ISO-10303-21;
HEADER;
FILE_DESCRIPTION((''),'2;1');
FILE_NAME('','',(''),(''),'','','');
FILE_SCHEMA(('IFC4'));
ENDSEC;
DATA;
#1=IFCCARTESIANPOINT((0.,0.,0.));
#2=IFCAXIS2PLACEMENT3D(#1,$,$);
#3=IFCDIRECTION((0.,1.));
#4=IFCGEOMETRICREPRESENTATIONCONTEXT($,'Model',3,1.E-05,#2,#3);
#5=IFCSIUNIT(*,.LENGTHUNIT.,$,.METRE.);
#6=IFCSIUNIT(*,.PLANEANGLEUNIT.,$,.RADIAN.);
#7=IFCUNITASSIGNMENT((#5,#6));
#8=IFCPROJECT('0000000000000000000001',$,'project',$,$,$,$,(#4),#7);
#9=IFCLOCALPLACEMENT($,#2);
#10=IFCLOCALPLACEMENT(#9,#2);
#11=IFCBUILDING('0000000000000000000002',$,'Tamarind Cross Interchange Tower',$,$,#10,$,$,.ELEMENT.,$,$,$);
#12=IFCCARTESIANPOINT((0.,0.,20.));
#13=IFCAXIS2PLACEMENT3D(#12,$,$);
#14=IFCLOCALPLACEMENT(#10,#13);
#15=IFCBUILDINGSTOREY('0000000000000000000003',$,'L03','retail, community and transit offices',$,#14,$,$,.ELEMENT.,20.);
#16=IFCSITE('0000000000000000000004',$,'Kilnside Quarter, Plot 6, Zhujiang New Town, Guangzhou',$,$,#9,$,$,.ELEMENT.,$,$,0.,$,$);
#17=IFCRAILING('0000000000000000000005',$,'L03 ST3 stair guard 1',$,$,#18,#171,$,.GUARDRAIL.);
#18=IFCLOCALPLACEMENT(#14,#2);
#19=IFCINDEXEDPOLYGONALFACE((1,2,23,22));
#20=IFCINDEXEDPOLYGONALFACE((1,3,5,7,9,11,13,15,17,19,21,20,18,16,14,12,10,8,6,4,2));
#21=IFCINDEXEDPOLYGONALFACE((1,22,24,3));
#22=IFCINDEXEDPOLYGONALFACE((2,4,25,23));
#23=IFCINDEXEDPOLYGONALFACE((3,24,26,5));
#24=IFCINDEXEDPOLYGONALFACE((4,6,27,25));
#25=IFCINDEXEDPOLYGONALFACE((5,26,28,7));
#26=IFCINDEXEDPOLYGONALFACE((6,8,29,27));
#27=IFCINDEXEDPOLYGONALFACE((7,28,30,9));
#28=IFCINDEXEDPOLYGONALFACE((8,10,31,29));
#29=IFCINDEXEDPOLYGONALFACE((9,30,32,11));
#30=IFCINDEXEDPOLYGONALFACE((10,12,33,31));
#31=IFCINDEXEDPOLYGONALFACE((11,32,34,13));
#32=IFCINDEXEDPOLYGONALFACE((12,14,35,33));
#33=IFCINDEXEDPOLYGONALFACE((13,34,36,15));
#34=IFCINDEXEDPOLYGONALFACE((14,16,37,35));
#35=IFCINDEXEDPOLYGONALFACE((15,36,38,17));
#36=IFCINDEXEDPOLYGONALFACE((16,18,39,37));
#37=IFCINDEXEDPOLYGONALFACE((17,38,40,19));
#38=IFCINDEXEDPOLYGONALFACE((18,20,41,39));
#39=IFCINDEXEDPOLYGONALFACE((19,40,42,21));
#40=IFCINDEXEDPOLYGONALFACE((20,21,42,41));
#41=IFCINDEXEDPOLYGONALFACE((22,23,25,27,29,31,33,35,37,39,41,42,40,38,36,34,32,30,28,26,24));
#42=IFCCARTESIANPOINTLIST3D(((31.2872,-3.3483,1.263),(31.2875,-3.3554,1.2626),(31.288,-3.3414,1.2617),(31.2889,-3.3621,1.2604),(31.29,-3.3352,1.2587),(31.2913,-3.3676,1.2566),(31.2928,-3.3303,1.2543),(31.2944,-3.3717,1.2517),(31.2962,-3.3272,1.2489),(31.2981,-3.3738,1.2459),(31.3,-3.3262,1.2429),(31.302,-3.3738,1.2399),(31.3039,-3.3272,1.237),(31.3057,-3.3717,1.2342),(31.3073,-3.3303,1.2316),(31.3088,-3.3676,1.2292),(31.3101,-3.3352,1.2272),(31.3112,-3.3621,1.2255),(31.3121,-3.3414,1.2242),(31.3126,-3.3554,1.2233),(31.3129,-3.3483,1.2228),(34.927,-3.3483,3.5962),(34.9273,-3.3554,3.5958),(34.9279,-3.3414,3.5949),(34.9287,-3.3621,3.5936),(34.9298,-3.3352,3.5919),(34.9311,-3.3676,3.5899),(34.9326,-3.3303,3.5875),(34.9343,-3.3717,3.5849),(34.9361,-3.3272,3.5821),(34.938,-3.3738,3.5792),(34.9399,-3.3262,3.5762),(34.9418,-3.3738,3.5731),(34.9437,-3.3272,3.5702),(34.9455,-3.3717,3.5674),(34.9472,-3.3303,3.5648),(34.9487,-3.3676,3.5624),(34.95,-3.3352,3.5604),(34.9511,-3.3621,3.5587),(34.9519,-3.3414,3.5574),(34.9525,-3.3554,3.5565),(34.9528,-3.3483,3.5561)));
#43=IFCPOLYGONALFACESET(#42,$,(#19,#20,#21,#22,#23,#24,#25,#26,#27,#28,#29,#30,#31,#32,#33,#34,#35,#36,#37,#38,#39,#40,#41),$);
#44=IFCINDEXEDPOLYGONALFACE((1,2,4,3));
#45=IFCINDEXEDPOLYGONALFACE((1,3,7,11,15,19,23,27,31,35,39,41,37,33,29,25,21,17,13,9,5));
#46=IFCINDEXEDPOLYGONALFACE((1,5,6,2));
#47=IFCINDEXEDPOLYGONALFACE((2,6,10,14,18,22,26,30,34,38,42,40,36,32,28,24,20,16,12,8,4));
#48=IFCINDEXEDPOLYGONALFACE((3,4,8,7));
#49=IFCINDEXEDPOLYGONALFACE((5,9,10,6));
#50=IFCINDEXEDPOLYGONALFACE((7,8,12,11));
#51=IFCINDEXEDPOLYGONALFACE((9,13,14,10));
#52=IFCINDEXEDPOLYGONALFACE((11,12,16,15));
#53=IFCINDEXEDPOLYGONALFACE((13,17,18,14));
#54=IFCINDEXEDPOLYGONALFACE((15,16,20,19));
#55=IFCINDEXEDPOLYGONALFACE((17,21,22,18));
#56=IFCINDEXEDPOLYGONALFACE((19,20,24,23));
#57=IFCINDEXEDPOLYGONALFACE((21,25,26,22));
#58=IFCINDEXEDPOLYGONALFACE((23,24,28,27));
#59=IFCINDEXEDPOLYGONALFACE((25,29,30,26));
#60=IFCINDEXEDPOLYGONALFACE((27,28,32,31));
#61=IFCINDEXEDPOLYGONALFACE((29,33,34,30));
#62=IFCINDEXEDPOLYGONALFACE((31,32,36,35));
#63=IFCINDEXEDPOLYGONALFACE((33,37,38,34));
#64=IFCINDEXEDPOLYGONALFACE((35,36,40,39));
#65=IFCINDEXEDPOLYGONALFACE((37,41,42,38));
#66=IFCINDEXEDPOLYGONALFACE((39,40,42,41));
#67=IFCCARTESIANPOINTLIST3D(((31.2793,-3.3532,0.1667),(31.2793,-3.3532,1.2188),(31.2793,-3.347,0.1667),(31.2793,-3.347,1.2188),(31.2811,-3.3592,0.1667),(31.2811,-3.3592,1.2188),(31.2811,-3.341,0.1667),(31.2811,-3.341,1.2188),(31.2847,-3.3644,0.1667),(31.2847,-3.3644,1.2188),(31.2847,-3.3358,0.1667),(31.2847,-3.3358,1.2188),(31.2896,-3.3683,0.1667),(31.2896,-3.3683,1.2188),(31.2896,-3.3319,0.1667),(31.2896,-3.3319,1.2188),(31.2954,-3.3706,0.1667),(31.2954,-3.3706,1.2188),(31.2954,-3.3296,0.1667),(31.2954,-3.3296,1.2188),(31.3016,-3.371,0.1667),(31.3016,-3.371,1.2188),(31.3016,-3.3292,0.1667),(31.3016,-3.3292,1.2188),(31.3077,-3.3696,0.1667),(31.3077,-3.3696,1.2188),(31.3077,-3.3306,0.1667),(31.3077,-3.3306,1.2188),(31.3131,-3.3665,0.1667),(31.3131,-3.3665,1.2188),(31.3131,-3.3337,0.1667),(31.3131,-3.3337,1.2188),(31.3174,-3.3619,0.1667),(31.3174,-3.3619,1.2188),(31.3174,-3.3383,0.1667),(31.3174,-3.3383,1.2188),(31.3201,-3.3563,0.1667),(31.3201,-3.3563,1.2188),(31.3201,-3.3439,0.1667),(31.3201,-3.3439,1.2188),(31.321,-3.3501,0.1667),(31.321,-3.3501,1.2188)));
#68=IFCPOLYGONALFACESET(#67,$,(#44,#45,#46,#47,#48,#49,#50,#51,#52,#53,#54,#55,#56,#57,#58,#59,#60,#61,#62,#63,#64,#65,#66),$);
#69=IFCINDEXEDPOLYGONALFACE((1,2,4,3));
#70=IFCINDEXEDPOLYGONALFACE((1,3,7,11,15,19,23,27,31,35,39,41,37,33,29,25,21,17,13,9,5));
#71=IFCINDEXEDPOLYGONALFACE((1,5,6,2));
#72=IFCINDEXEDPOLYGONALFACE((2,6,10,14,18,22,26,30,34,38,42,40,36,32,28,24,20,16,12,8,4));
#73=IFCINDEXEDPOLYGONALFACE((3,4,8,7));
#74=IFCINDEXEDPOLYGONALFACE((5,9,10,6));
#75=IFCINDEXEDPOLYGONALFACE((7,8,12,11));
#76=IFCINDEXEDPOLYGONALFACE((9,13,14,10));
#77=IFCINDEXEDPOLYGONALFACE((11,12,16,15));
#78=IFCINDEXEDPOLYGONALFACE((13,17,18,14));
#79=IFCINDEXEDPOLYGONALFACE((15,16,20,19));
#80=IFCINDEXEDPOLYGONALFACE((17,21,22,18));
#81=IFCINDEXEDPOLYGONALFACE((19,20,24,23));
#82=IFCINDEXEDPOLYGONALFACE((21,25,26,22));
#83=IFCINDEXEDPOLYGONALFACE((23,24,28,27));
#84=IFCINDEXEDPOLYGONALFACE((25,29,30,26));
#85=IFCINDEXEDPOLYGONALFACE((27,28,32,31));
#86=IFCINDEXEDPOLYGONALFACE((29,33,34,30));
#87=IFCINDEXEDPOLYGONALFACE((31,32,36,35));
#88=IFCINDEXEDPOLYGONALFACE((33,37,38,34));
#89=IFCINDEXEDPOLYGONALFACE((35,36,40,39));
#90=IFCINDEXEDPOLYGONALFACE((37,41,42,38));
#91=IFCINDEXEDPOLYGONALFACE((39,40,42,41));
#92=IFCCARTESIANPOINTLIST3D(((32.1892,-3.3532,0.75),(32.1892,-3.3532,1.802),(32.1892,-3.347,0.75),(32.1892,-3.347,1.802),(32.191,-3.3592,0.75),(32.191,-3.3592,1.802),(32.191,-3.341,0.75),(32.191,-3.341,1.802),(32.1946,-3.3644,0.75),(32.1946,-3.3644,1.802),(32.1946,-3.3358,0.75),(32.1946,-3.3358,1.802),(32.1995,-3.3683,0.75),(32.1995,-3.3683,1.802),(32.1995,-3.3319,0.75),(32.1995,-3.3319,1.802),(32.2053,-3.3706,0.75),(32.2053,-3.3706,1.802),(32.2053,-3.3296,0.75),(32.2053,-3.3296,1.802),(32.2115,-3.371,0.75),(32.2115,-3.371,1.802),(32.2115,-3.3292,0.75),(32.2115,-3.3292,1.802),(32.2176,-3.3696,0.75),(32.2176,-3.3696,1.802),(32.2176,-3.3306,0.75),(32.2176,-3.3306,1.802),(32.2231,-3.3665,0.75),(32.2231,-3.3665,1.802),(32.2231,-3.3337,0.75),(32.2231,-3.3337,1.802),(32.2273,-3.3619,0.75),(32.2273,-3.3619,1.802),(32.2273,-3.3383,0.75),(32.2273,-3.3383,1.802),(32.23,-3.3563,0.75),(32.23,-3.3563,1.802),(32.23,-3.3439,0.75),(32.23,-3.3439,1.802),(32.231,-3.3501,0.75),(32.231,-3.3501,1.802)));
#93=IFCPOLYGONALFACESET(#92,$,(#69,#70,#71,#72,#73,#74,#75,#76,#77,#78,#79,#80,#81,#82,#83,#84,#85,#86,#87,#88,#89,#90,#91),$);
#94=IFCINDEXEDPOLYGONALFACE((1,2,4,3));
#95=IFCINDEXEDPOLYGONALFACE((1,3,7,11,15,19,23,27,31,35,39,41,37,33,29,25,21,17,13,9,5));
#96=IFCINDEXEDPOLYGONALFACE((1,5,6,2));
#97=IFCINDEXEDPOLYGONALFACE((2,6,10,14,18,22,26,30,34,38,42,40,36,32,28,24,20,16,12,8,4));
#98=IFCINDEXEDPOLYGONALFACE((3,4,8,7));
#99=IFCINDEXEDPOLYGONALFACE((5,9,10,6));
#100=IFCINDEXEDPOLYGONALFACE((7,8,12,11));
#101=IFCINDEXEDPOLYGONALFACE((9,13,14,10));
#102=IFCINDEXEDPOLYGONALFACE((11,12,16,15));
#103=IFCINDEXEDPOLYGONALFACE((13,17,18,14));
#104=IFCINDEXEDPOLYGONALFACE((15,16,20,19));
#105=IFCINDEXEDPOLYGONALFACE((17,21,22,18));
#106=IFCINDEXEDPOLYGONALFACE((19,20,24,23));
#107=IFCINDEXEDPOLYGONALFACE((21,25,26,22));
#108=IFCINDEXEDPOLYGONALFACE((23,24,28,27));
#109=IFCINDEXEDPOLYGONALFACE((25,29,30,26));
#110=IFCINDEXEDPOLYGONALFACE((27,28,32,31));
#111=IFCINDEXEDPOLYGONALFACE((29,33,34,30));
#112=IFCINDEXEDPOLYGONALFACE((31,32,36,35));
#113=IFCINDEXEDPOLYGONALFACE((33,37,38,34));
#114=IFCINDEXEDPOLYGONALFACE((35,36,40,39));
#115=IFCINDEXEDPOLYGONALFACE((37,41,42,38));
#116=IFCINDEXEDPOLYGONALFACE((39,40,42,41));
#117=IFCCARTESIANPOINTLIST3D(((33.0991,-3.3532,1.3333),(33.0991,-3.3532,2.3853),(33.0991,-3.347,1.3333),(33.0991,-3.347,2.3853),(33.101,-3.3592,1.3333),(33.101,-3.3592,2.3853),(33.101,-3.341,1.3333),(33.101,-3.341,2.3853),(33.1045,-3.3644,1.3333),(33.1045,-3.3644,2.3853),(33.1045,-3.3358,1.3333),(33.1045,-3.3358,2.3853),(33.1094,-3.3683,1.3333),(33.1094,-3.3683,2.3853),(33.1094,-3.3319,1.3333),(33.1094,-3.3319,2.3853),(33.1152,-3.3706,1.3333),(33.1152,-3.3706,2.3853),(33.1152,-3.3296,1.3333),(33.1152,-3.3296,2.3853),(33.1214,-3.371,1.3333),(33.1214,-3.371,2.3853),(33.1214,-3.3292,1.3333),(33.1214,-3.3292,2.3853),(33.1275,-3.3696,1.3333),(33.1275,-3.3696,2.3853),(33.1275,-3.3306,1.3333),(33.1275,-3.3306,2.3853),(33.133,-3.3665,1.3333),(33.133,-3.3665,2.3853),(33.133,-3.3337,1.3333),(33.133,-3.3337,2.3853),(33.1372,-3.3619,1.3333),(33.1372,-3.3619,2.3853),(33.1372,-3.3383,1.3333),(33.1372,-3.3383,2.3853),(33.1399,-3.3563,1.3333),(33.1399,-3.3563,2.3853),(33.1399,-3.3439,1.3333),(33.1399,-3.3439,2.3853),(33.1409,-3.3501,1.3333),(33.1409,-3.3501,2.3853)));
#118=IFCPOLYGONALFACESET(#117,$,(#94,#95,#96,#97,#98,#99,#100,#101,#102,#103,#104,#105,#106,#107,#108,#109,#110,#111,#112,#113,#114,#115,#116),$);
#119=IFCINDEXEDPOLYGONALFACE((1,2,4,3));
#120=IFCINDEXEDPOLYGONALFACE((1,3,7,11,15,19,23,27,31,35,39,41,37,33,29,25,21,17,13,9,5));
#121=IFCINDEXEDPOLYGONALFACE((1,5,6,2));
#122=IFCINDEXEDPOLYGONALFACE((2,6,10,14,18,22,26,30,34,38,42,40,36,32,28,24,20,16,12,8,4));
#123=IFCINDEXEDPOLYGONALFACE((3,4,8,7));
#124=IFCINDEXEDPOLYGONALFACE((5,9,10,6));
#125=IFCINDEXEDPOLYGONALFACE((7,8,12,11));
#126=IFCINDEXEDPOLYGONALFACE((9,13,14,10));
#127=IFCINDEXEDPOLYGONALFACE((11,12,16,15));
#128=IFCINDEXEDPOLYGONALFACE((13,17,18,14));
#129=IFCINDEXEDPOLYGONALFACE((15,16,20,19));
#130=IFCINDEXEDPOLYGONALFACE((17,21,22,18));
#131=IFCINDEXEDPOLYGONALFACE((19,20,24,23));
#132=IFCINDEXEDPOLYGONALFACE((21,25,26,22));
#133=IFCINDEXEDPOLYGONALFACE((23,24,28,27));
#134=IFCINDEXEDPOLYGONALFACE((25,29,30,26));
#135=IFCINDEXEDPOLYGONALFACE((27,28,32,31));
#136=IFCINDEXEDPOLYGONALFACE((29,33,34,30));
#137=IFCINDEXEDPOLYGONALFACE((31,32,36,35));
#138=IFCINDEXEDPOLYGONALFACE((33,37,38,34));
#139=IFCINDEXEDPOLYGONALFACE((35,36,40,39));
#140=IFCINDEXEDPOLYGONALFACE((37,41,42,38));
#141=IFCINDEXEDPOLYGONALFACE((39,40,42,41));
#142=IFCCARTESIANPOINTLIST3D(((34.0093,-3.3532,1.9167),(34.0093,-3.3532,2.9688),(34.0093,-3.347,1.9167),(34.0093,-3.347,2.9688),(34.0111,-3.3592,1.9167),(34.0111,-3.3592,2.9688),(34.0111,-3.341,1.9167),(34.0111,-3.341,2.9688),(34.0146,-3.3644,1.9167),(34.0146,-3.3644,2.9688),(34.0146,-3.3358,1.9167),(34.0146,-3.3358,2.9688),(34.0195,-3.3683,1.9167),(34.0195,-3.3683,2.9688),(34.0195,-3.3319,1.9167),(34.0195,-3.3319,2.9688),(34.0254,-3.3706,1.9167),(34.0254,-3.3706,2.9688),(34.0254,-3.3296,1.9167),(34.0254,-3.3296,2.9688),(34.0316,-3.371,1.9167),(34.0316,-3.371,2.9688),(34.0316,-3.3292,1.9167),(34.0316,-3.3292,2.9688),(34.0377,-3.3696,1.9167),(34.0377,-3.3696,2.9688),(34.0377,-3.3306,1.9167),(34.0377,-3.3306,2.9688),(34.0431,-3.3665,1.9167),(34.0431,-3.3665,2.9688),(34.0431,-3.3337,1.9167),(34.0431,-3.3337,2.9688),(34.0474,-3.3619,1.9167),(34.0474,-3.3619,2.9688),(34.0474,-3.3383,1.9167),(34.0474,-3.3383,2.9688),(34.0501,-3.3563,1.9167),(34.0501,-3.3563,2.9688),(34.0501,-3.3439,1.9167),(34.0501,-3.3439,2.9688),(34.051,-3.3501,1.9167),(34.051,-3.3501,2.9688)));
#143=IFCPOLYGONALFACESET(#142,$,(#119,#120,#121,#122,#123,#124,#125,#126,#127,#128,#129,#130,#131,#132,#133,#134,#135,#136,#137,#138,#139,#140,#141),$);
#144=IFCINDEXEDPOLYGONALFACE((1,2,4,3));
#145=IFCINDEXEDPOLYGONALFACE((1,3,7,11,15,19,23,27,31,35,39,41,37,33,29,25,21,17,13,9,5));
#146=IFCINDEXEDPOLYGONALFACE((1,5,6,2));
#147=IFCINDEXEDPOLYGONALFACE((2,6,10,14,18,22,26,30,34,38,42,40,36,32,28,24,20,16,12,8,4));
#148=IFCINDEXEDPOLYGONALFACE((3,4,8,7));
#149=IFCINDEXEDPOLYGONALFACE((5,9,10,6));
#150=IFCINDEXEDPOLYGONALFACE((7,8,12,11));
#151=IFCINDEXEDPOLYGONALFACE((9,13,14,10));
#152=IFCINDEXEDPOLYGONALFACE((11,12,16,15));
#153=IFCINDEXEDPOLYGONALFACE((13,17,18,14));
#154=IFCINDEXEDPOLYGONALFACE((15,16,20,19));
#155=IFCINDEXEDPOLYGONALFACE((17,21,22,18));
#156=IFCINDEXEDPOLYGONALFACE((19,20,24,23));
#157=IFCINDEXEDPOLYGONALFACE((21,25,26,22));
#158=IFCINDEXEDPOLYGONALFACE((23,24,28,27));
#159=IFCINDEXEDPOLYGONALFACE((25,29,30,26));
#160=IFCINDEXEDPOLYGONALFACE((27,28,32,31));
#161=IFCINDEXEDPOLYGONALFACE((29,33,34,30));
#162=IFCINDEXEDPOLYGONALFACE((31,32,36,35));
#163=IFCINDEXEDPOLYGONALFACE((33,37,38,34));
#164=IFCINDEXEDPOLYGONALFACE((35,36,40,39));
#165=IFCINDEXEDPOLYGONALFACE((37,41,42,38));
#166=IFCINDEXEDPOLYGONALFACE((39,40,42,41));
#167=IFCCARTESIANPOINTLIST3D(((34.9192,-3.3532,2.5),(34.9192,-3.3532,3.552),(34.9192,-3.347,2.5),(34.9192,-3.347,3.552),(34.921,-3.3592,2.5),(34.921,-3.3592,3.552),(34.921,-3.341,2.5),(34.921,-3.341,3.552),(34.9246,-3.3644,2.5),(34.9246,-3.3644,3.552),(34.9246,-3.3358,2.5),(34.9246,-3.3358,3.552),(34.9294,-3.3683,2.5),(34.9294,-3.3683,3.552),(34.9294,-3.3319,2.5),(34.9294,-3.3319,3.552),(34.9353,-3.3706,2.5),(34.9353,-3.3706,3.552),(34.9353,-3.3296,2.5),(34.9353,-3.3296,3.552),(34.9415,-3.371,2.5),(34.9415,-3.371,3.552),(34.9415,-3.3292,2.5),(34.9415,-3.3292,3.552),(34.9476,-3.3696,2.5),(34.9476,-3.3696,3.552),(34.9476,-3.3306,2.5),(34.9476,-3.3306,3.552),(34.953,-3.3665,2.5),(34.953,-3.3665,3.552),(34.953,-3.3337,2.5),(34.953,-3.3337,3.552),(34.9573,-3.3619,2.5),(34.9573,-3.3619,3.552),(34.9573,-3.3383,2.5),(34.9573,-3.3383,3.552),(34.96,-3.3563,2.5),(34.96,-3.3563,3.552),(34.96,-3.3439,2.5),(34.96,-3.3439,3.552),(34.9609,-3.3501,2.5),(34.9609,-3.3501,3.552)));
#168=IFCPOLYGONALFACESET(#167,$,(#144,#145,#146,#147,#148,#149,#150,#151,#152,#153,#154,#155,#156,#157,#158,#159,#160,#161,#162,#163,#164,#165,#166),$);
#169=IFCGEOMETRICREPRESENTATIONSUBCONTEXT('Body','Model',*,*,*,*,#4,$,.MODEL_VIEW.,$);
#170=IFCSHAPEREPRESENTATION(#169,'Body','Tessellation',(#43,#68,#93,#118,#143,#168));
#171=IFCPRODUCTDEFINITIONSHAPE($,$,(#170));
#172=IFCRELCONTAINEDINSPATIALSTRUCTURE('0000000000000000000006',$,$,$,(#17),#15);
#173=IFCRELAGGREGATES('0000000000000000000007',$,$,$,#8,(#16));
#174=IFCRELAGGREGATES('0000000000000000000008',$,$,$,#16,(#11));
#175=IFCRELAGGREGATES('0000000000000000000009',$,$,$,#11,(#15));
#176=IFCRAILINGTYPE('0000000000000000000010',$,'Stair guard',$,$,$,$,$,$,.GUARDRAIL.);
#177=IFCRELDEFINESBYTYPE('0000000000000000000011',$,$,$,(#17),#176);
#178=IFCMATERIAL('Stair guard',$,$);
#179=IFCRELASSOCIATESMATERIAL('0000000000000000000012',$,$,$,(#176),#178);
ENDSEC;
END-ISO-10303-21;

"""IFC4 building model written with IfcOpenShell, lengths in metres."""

from ifc_helpers import new_model, si_unit, direction, frame, origin, origin_2d, place, context, subcontext, project, spatial, circle, extrude, material, type_object, element, save


model = new_model("IFC4")

# Units and contexts
model_context = context("Model", 3, precision=1e-05, world=origin(), true_north=direction((0.0, 1.0)))
body_context = subcontext(model_context, "Body", "Model", "MODEL_VIEW")
ifc_project = project(units=[si_unit("LENGTHUNIT", "METRE"), si_unit("PLANEANGLEUNIT", "RADIAN")], contexts=[model_context])

# Site, building, storey
site_placement = place(None, origin())
site = spatial("IfcSite", under=ifc_project, at=site_placement, Name="Kilnside Quarter, Plot 6, Zhujiang New Town, Guangzhou", CompositionType="ELEMENT", RefElevation=0.0)
building_placement = place(site_placement, origin())
building = spatial("IfcBuilding", under=site, at=building_placement, Name="Tamarind Cross Interchange Tower", CompositionType="ELEMENT")
storey_placement = place(building_placement, frame((0.0, 0.0, 20.0)))
storey = spatial("IfcBuildingStorey", under=building, at=storey_placement, Name="L03", Description="retail, community and transit offices", CompositionType="ELEMENT", Elevation=20.0)

# Railing
ifc_material_1 = material(Name="Stair guard")
railing_type_1 = type_object("IfcRailingType", Name="Stair guard", PredefinedType="GUARDRAIL", material=ifc_material_1)
railing_1_placement = place(storey_placement, frame((31.3, -3.3501, 0.1667)))
element("IfcRailing", 1, at=railing_1_placement, inside=storey, type_object=railing_type_1, Name="L03 ST3 stair guard 1", PredefinedType="GUARDRAIL", context=body_context, shape_type="SweptSolid", body=[
    extrude(circle(Radius=0.0239, at=origin_2d()), frame((0.0, 0.0, 1.0762), z_axis=(0.84188, 0.0, 0.539664), x_axis=(0.0, 1.0, 0.0)), (0.0, 0.0, 1.0), 4.3235),
    extrude(circle(Radius=0.021, at=origin_2d()), origin(), (0.0, 0.0, 1.0), 1.052),
    extrude(circle(Radius=0.021, at=origin_2d()), frame((0.9099, 0.0, 0.5833)), (0.0, 0.0, 1.0), 1.052),
    extrude(circle(Radius=0.021, at=origin_2d()), frame((1.8198, 0.0, 1.1665)), (0.0, 0.0, 1.0), 1.052),
    extrude(circle(Radius=0.021, at=origin_2d()), frame((2.73, 0.0, 1.75)), (0.0, 0.0, 1.0), 1.052),
    extrude(circle(Radius=0.021, at=origin_2d()), frame((3.6399, 0.0, 2.3333)), (0.0, 0.0, 1.0), 1.052),
])

save(model, "model.ifc")
